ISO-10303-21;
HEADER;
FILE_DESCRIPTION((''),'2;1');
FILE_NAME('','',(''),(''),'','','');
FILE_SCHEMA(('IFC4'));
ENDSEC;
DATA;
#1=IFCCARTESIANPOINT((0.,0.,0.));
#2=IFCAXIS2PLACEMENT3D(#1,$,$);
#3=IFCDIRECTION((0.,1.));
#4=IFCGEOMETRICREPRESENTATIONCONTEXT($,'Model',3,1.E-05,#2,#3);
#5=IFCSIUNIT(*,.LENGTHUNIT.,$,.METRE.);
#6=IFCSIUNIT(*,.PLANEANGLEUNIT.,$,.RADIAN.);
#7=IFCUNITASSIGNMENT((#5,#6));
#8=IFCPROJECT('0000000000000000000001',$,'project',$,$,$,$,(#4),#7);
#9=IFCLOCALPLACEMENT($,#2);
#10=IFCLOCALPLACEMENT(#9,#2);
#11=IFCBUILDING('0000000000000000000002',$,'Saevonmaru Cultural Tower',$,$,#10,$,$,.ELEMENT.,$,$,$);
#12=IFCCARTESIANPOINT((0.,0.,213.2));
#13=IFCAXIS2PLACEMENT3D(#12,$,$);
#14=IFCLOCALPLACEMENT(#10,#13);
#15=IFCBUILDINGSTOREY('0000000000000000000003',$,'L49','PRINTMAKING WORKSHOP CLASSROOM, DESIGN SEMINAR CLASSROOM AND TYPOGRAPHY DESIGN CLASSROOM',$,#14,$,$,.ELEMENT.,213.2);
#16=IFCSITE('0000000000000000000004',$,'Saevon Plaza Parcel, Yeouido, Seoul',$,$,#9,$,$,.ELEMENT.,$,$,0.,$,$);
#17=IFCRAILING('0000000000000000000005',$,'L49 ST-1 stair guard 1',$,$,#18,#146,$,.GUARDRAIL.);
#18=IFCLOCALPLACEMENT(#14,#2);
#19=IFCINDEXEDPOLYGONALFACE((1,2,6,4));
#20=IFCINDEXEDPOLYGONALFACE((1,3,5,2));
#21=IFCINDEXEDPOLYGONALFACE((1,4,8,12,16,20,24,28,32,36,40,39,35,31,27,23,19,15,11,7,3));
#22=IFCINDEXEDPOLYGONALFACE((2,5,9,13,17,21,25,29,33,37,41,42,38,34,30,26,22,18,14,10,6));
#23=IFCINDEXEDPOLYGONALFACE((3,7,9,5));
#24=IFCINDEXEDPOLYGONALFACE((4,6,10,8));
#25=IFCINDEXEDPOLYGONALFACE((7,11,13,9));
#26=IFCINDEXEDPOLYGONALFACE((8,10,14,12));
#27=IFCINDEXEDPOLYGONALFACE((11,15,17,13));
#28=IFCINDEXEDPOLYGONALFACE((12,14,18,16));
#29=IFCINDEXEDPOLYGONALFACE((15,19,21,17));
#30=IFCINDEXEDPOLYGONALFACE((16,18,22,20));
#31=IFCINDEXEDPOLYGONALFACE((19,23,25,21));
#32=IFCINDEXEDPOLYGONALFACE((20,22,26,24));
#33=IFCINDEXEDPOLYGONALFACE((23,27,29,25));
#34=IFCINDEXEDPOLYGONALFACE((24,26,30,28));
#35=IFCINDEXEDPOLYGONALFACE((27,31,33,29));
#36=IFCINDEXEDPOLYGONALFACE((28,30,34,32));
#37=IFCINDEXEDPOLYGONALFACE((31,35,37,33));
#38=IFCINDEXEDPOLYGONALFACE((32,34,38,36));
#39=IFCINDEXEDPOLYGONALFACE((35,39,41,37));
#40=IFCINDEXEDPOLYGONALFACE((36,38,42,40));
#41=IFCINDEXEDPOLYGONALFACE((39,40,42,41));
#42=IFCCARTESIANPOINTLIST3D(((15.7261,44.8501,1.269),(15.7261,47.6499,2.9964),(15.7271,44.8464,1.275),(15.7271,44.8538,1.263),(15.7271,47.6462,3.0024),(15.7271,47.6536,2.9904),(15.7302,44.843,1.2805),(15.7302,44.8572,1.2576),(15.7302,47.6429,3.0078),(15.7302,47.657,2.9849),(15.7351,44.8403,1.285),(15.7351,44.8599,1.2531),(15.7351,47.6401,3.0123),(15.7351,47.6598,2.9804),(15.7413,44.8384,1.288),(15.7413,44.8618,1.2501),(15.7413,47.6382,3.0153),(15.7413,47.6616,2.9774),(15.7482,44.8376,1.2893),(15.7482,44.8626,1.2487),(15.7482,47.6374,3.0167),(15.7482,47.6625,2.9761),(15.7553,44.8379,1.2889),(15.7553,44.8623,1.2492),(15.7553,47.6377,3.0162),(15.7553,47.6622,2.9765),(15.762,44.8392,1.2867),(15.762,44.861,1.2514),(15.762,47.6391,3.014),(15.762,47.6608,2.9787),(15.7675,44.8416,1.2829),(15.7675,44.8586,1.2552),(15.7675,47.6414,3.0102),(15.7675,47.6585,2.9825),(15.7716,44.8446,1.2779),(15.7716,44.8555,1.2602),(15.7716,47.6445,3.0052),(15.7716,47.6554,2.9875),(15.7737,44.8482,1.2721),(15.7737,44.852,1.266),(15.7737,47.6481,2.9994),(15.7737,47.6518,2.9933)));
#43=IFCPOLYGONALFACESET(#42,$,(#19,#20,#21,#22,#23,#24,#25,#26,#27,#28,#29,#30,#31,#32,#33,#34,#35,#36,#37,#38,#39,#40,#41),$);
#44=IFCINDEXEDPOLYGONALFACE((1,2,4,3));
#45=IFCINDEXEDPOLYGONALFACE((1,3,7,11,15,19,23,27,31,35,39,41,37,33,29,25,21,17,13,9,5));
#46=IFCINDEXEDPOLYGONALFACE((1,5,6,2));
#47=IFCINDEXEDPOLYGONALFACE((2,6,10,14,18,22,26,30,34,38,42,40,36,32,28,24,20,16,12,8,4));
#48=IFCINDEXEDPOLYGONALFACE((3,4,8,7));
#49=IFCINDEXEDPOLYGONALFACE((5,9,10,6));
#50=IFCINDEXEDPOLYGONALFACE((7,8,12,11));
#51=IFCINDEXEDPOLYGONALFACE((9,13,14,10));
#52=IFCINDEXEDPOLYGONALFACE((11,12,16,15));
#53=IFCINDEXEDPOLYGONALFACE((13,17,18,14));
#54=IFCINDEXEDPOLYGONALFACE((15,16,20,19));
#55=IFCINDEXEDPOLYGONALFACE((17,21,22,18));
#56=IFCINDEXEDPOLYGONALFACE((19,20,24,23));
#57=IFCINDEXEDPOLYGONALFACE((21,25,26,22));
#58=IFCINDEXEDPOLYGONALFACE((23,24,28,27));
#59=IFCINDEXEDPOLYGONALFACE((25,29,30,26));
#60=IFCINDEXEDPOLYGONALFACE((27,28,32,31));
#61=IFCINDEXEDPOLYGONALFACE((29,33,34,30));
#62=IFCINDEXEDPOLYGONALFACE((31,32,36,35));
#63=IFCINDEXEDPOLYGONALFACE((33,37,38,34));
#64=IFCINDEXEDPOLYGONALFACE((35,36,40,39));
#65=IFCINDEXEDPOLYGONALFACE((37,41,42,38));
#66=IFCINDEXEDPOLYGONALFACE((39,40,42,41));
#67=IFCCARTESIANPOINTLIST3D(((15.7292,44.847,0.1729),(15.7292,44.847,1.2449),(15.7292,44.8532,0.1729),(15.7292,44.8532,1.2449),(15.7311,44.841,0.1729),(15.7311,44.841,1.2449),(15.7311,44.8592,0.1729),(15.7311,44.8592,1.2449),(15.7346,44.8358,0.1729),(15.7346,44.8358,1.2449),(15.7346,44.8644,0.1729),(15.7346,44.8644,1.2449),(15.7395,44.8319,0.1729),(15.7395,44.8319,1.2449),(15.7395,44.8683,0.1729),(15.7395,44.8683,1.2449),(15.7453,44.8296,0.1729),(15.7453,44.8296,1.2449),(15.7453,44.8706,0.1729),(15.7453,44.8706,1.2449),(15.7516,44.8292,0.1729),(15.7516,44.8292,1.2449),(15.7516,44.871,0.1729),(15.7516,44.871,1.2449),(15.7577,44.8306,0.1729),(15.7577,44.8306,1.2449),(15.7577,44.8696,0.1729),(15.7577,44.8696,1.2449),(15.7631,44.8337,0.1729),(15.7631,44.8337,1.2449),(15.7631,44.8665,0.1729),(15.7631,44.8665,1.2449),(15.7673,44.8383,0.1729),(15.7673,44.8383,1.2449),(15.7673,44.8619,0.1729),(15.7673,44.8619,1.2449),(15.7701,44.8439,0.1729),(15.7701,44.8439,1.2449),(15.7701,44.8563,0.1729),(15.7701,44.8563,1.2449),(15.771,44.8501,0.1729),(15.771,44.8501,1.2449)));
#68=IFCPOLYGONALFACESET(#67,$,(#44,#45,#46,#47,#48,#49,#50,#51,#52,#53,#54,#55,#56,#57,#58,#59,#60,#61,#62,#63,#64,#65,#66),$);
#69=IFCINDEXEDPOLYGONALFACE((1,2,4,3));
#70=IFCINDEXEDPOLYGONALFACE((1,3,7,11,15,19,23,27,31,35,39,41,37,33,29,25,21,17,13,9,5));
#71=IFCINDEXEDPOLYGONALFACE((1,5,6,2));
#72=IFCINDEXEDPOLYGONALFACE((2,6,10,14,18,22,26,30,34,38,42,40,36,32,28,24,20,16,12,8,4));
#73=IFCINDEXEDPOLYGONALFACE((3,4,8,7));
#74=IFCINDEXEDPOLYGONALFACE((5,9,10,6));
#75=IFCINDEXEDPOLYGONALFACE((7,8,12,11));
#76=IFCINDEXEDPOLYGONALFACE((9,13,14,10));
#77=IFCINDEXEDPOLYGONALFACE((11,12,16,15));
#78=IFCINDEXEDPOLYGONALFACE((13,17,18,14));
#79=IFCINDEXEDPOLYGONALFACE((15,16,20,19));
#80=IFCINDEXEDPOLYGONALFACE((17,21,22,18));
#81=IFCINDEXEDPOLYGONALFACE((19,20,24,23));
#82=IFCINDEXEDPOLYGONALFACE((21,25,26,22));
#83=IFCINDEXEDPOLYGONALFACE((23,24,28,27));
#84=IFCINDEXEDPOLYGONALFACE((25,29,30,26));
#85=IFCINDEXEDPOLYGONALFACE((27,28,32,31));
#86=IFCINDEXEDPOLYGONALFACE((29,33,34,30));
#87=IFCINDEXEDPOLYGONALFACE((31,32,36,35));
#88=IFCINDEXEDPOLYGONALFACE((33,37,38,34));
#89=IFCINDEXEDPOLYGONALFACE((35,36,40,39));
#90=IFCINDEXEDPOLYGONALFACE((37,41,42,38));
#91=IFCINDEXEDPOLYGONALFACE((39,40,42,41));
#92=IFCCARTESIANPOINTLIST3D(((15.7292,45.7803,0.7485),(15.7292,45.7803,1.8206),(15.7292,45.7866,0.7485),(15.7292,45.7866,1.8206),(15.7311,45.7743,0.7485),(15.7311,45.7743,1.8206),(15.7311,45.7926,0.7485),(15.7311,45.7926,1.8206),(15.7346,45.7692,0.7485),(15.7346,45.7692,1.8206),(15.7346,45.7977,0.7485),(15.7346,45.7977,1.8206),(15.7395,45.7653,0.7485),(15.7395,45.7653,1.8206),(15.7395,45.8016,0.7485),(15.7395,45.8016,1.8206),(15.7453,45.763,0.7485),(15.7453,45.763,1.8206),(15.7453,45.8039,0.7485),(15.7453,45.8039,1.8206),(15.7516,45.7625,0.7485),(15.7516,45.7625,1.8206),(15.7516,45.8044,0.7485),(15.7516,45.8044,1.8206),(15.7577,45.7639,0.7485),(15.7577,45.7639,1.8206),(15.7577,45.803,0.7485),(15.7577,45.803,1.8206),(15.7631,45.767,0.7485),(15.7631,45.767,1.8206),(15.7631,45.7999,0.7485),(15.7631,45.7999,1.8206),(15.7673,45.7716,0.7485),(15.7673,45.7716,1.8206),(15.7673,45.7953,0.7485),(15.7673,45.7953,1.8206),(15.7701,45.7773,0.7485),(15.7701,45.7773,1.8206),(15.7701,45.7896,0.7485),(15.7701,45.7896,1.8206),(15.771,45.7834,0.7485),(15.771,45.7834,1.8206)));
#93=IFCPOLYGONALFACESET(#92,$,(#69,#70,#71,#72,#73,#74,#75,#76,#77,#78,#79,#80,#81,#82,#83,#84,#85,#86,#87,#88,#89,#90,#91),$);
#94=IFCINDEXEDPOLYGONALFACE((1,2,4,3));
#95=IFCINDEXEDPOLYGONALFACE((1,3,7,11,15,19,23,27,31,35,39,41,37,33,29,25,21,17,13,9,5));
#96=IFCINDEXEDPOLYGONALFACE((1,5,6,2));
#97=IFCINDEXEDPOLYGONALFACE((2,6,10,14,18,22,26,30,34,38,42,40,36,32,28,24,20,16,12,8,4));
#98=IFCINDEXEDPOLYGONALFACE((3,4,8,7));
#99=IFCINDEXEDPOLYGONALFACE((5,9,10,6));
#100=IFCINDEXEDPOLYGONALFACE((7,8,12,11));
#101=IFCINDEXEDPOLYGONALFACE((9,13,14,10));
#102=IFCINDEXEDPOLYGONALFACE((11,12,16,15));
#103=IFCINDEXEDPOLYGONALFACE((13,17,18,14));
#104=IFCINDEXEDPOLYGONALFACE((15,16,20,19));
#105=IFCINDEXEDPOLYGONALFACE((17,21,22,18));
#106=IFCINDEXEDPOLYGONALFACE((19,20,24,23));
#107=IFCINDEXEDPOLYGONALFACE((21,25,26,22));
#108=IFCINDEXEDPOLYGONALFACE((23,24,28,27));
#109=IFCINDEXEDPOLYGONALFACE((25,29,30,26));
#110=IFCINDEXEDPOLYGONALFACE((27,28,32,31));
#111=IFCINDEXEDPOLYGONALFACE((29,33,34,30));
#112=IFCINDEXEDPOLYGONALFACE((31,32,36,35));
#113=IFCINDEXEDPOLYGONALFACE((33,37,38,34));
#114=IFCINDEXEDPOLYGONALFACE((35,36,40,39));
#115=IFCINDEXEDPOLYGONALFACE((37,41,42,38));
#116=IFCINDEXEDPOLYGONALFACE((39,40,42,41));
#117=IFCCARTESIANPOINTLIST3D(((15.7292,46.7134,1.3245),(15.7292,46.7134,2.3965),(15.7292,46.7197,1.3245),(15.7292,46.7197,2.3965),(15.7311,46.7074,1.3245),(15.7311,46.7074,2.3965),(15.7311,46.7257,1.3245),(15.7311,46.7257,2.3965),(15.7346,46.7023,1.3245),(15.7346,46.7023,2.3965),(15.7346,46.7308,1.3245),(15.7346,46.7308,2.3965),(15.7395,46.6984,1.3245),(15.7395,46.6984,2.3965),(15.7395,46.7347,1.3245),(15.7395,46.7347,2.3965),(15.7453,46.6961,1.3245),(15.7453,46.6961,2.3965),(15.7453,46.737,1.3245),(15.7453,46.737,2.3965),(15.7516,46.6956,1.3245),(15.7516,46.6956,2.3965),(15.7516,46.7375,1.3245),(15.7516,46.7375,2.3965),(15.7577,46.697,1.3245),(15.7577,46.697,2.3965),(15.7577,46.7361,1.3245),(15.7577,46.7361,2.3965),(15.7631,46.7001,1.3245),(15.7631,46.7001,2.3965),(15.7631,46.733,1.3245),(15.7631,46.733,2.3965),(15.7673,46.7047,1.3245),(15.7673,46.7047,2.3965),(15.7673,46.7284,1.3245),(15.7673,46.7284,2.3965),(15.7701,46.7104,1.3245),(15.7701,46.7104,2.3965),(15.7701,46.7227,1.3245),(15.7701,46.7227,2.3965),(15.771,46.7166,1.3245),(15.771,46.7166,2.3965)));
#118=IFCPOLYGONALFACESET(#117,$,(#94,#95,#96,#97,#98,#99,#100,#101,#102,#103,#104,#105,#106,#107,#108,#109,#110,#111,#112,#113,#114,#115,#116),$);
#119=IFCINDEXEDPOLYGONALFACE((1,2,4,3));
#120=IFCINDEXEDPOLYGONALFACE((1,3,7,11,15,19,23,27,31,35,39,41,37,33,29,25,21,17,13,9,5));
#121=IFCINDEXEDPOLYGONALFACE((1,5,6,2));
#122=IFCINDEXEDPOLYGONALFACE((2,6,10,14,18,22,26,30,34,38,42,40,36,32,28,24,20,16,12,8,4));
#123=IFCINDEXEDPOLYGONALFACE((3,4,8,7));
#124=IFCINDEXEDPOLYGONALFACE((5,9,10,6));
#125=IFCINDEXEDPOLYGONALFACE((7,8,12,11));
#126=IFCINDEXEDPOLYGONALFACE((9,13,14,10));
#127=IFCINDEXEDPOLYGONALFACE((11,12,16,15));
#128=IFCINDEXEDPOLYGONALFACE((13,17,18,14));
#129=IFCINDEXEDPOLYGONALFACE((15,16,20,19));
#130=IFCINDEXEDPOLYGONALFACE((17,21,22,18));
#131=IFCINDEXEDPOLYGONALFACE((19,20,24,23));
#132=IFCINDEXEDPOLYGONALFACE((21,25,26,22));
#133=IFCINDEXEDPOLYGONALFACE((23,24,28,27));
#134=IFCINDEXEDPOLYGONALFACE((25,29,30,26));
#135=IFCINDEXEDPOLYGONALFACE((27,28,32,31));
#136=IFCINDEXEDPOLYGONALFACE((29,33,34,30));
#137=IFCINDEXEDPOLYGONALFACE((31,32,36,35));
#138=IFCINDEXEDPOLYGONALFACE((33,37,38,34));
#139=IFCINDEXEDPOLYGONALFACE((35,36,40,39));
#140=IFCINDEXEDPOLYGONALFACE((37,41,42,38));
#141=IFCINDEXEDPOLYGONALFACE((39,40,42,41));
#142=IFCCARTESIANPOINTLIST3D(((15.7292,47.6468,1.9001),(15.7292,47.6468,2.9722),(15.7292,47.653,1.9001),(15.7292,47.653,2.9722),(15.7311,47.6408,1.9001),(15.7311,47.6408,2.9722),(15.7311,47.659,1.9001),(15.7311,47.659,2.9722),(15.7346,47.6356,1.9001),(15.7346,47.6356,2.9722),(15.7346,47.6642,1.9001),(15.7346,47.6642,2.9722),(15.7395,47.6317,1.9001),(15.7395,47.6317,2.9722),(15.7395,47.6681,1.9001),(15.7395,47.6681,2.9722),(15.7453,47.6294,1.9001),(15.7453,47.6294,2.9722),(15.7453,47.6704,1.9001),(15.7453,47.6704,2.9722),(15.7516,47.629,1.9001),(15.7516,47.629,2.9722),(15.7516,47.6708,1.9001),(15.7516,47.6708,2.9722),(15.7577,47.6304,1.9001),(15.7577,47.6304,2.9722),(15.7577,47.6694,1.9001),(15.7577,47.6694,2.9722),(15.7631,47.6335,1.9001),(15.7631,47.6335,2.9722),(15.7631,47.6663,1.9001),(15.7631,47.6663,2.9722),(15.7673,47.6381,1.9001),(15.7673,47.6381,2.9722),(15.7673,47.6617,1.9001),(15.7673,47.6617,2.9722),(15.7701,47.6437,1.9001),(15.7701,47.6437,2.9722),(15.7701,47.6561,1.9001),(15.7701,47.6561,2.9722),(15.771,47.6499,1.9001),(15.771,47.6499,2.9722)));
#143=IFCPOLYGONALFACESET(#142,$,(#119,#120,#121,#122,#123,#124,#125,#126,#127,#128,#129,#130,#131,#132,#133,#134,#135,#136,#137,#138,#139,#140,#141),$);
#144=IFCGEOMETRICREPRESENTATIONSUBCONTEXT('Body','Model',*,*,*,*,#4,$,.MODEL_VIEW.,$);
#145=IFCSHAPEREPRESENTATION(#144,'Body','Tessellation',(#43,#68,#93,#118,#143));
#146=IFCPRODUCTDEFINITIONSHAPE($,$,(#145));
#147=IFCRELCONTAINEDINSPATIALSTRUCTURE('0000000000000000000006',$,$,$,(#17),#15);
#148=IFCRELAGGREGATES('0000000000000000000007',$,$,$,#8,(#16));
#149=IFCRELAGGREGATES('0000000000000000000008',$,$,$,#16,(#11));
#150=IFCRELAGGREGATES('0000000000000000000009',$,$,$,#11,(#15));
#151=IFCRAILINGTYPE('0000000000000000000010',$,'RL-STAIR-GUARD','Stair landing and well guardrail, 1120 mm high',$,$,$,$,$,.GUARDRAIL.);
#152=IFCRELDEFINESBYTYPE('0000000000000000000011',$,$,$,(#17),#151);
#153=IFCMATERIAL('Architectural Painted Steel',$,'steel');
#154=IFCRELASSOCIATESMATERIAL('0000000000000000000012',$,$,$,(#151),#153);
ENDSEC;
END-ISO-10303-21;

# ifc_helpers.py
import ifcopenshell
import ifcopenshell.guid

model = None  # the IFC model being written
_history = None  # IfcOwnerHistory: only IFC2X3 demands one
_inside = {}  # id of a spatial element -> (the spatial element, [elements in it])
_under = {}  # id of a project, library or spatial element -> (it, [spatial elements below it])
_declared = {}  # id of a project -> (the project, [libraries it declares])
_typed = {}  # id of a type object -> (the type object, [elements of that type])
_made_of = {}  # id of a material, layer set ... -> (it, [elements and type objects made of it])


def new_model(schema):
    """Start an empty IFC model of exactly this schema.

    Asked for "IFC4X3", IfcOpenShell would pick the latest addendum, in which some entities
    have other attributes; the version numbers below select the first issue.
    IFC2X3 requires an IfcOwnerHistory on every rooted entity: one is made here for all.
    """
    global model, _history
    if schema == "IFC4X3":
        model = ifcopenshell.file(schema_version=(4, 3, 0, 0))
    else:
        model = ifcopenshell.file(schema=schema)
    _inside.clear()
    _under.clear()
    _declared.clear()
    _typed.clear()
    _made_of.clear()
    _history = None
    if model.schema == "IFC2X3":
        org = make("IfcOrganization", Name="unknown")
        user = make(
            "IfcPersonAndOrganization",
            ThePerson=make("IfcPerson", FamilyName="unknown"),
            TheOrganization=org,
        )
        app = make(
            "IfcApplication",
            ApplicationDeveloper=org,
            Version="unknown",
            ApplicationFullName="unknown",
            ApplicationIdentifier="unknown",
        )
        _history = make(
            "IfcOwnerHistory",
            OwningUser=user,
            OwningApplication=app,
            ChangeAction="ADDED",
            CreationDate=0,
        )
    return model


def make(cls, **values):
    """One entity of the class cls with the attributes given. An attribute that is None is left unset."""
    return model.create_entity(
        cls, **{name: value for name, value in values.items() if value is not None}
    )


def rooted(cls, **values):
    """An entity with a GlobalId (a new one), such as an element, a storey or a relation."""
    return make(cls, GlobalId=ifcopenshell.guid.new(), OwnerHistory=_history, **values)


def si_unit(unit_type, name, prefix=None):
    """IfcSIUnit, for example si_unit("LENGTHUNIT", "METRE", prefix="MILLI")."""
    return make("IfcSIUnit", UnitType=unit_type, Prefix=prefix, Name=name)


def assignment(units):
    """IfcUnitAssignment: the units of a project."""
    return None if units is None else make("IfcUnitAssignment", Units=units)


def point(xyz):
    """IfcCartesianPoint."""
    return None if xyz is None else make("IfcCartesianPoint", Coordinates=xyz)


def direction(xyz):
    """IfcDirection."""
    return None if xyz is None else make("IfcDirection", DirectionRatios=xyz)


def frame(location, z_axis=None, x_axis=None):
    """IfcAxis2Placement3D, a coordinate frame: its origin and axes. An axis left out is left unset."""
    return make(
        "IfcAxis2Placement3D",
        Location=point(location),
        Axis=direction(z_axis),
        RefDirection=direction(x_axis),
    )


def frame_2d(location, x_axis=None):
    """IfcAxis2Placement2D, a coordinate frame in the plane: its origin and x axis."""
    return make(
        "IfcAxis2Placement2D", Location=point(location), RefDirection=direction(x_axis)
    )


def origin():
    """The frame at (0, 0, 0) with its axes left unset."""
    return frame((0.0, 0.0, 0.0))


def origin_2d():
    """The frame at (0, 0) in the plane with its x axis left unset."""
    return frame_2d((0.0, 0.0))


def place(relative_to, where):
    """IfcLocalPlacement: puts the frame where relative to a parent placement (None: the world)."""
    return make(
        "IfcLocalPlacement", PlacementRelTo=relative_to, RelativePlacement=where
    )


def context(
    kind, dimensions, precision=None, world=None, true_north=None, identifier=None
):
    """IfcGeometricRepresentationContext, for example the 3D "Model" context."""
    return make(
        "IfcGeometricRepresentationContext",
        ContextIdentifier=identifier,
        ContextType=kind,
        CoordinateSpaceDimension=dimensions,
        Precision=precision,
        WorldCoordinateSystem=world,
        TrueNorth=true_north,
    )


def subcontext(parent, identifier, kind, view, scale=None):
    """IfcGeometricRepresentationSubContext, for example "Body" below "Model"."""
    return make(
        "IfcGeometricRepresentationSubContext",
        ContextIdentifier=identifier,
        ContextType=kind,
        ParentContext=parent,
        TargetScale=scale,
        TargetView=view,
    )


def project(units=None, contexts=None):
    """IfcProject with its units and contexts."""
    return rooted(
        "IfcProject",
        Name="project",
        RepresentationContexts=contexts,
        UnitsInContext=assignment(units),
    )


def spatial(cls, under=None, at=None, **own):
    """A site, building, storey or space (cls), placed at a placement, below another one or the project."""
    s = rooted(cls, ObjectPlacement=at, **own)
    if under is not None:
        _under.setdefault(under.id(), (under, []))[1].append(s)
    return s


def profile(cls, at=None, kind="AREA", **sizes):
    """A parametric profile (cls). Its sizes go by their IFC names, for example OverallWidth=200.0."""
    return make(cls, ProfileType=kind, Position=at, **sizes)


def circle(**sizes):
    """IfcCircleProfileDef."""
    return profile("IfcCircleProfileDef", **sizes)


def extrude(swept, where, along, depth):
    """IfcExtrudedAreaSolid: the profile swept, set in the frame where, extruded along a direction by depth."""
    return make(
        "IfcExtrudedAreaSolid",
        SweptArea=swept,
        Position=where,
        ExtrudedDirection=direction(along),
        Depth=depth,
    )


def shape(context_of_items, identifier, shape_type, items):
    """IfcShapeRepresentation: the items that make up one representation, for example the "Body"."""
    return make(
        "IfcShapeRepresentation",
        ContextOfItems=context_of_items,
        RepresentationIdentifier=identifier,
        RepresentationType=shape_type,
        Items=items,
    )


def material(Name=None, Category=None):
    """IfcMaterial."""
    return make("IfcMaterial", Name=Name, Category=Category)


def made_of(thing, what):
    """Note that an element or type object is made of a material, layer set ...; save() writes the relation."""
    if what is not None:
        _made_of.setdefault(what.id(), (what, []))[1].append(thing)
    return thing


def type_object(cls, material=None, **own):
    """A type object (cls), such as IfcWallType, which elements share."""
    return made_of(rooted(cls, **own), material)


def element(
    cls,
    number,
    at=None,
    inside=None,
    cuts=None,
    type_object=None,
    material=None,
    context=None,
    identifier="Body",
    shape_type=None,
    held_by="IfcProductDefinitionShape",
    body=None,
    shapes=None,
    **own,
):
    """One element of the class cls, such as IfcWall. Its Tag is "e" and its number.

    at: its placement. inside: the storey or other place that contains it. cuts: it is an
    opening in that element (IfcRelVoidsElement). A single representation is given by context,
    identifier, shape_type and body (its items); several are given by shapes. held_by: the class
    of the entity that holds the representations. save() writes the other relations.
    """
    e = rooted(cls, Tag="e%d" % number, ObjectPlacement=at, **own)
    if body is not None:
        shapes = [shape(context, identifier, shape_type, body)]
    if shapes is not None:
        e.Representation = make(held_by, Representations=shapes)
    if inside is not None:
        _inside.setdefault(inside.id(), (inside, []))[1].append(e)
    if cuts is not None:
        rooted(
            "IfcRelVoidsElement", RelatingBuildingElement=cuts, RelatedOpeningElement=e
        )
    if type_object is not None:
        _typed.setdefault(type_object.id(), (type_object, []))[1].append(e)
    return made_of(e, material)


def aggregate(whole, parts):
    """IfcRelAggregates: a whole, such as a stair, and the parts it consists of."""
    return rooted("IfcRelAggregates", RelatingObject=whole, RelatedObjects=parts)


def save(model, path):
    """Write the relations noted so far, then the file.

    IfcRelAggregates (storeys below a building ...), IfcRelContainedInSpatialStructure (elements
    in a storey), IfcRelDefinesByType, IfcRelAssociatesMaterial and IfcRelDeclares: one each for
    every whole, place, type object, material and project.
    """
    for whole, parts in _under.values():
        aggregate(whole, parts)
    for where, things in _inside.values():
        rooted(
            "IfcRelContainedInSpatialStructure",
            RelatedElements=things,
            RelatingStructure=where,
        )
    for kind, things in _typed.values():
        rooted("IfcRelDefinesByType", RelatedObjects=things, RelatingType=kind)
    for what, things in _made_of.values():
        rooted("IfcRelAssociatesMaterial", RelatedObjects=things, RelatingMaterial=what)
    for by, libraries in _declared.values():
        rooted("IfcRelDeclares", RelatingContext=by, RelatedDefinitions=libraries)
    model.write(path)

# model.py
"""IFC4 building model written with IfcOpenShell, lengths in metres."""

from ifc_helpers import new_model, si_unit, direction, frame, origin, origin_2d, place, context, subcontext, project, spatial, circle, extrude, material, type_object, element, save


model = new_model("IFC4")

# Units and contexts
model_context = context("Model", 3, precision=1e-05, world=origin(), true_north=direction((0.0, 1.0)))
body_context = subcontext(model_context, "Body", "Model", "MODEL_VIEW")
ifc_project = project(units=[si_unit("LENGTHUNIT", "METRE"), si_unit("PLANEANGLEUNIT", "RADIAN")], contexts=[model_context])

# Site, building, storey
site_placement = place(None, origin())
site = spatial("IfcSite", under=ifc_project, at=site_placement, Name="Saevon Plaza Parcel, Yeouido, Seoul", CompositionType="ELEMENT", RefElevation=0.0)
building_placement = place(site_placement, origin())
building = spatial("IfcBuilding", under=site, at=building_placement, Name="Saevonmaru Cultural Tower", CompositionType="ELEMENT")
storey_placement = place(building_placement, frame((0.0, 0.0, 213.2)))
storey = spatial("IfcBuildingStorey", under=building, at=storey_placement, Name="L49", Description="PRINTMAKING WORKSHOP CLASSROOM, DESIGN SEMINAR CLASSROOM AND TYPOGRAPHY DESIGN CLASSROOM", CompositionType="ELEMENT", Elevation=213.2)

# Railing
ifc_material_1 = material(Name="Architectural Painted Steel", Category="steel")
railing_type_1 = type_object("IfcRailingType", Name="RL-STAIR-GUARD", Description="Stair landing and well guardrail, 1120 mm high", PredefinedType="GUARDRAIL", material=ifc_material_1)
railing_1_placement = place(storey_placement, frame((15.75, 44.8501, 0.1729)))
element("IfcRailing", 1, at=railing_1_placement, inside=storey, type_object=railing_type_1, Name="L49 ST-1 stair guard 1", PredefinedType="GUARDRAIL", context=body_context, shape_type="SweptSolid", body=[
    extrude(circle(Radius=0.0239, at=origin_2d()), frame((0.0, 0.0, 1.0962), z_axis=(0.0, 0.851069, 0.525054), x_axis=(-1.0, 0.0, 0.0)), (0.0, 0.0, 1.0), 3.2898),
    extrude(circle(Radius=0.021, at=origin_2d()), origin(), (0.0, 0.0, 1.0), 1.072),
    extrude(circle(Radius=0.021, at=origin_2d()), frame((0.0, 0.9333, 0.5757)), (0.0, 0.0, 1.0), 1.072),
    extrude(circle(Radius=0.021, at=origin_2d()), frame((0.0, 1.8665, 1.1516)), (0.0, 0.0, 1.0), 1.072),
    extrude(circle(Radius=0.021, at=origin_2d()), frame((0.0, 2.7998, 1.7273)), (0.0, 0.0, 1.0), 1.072),
])

save(model, "model.ifc")
